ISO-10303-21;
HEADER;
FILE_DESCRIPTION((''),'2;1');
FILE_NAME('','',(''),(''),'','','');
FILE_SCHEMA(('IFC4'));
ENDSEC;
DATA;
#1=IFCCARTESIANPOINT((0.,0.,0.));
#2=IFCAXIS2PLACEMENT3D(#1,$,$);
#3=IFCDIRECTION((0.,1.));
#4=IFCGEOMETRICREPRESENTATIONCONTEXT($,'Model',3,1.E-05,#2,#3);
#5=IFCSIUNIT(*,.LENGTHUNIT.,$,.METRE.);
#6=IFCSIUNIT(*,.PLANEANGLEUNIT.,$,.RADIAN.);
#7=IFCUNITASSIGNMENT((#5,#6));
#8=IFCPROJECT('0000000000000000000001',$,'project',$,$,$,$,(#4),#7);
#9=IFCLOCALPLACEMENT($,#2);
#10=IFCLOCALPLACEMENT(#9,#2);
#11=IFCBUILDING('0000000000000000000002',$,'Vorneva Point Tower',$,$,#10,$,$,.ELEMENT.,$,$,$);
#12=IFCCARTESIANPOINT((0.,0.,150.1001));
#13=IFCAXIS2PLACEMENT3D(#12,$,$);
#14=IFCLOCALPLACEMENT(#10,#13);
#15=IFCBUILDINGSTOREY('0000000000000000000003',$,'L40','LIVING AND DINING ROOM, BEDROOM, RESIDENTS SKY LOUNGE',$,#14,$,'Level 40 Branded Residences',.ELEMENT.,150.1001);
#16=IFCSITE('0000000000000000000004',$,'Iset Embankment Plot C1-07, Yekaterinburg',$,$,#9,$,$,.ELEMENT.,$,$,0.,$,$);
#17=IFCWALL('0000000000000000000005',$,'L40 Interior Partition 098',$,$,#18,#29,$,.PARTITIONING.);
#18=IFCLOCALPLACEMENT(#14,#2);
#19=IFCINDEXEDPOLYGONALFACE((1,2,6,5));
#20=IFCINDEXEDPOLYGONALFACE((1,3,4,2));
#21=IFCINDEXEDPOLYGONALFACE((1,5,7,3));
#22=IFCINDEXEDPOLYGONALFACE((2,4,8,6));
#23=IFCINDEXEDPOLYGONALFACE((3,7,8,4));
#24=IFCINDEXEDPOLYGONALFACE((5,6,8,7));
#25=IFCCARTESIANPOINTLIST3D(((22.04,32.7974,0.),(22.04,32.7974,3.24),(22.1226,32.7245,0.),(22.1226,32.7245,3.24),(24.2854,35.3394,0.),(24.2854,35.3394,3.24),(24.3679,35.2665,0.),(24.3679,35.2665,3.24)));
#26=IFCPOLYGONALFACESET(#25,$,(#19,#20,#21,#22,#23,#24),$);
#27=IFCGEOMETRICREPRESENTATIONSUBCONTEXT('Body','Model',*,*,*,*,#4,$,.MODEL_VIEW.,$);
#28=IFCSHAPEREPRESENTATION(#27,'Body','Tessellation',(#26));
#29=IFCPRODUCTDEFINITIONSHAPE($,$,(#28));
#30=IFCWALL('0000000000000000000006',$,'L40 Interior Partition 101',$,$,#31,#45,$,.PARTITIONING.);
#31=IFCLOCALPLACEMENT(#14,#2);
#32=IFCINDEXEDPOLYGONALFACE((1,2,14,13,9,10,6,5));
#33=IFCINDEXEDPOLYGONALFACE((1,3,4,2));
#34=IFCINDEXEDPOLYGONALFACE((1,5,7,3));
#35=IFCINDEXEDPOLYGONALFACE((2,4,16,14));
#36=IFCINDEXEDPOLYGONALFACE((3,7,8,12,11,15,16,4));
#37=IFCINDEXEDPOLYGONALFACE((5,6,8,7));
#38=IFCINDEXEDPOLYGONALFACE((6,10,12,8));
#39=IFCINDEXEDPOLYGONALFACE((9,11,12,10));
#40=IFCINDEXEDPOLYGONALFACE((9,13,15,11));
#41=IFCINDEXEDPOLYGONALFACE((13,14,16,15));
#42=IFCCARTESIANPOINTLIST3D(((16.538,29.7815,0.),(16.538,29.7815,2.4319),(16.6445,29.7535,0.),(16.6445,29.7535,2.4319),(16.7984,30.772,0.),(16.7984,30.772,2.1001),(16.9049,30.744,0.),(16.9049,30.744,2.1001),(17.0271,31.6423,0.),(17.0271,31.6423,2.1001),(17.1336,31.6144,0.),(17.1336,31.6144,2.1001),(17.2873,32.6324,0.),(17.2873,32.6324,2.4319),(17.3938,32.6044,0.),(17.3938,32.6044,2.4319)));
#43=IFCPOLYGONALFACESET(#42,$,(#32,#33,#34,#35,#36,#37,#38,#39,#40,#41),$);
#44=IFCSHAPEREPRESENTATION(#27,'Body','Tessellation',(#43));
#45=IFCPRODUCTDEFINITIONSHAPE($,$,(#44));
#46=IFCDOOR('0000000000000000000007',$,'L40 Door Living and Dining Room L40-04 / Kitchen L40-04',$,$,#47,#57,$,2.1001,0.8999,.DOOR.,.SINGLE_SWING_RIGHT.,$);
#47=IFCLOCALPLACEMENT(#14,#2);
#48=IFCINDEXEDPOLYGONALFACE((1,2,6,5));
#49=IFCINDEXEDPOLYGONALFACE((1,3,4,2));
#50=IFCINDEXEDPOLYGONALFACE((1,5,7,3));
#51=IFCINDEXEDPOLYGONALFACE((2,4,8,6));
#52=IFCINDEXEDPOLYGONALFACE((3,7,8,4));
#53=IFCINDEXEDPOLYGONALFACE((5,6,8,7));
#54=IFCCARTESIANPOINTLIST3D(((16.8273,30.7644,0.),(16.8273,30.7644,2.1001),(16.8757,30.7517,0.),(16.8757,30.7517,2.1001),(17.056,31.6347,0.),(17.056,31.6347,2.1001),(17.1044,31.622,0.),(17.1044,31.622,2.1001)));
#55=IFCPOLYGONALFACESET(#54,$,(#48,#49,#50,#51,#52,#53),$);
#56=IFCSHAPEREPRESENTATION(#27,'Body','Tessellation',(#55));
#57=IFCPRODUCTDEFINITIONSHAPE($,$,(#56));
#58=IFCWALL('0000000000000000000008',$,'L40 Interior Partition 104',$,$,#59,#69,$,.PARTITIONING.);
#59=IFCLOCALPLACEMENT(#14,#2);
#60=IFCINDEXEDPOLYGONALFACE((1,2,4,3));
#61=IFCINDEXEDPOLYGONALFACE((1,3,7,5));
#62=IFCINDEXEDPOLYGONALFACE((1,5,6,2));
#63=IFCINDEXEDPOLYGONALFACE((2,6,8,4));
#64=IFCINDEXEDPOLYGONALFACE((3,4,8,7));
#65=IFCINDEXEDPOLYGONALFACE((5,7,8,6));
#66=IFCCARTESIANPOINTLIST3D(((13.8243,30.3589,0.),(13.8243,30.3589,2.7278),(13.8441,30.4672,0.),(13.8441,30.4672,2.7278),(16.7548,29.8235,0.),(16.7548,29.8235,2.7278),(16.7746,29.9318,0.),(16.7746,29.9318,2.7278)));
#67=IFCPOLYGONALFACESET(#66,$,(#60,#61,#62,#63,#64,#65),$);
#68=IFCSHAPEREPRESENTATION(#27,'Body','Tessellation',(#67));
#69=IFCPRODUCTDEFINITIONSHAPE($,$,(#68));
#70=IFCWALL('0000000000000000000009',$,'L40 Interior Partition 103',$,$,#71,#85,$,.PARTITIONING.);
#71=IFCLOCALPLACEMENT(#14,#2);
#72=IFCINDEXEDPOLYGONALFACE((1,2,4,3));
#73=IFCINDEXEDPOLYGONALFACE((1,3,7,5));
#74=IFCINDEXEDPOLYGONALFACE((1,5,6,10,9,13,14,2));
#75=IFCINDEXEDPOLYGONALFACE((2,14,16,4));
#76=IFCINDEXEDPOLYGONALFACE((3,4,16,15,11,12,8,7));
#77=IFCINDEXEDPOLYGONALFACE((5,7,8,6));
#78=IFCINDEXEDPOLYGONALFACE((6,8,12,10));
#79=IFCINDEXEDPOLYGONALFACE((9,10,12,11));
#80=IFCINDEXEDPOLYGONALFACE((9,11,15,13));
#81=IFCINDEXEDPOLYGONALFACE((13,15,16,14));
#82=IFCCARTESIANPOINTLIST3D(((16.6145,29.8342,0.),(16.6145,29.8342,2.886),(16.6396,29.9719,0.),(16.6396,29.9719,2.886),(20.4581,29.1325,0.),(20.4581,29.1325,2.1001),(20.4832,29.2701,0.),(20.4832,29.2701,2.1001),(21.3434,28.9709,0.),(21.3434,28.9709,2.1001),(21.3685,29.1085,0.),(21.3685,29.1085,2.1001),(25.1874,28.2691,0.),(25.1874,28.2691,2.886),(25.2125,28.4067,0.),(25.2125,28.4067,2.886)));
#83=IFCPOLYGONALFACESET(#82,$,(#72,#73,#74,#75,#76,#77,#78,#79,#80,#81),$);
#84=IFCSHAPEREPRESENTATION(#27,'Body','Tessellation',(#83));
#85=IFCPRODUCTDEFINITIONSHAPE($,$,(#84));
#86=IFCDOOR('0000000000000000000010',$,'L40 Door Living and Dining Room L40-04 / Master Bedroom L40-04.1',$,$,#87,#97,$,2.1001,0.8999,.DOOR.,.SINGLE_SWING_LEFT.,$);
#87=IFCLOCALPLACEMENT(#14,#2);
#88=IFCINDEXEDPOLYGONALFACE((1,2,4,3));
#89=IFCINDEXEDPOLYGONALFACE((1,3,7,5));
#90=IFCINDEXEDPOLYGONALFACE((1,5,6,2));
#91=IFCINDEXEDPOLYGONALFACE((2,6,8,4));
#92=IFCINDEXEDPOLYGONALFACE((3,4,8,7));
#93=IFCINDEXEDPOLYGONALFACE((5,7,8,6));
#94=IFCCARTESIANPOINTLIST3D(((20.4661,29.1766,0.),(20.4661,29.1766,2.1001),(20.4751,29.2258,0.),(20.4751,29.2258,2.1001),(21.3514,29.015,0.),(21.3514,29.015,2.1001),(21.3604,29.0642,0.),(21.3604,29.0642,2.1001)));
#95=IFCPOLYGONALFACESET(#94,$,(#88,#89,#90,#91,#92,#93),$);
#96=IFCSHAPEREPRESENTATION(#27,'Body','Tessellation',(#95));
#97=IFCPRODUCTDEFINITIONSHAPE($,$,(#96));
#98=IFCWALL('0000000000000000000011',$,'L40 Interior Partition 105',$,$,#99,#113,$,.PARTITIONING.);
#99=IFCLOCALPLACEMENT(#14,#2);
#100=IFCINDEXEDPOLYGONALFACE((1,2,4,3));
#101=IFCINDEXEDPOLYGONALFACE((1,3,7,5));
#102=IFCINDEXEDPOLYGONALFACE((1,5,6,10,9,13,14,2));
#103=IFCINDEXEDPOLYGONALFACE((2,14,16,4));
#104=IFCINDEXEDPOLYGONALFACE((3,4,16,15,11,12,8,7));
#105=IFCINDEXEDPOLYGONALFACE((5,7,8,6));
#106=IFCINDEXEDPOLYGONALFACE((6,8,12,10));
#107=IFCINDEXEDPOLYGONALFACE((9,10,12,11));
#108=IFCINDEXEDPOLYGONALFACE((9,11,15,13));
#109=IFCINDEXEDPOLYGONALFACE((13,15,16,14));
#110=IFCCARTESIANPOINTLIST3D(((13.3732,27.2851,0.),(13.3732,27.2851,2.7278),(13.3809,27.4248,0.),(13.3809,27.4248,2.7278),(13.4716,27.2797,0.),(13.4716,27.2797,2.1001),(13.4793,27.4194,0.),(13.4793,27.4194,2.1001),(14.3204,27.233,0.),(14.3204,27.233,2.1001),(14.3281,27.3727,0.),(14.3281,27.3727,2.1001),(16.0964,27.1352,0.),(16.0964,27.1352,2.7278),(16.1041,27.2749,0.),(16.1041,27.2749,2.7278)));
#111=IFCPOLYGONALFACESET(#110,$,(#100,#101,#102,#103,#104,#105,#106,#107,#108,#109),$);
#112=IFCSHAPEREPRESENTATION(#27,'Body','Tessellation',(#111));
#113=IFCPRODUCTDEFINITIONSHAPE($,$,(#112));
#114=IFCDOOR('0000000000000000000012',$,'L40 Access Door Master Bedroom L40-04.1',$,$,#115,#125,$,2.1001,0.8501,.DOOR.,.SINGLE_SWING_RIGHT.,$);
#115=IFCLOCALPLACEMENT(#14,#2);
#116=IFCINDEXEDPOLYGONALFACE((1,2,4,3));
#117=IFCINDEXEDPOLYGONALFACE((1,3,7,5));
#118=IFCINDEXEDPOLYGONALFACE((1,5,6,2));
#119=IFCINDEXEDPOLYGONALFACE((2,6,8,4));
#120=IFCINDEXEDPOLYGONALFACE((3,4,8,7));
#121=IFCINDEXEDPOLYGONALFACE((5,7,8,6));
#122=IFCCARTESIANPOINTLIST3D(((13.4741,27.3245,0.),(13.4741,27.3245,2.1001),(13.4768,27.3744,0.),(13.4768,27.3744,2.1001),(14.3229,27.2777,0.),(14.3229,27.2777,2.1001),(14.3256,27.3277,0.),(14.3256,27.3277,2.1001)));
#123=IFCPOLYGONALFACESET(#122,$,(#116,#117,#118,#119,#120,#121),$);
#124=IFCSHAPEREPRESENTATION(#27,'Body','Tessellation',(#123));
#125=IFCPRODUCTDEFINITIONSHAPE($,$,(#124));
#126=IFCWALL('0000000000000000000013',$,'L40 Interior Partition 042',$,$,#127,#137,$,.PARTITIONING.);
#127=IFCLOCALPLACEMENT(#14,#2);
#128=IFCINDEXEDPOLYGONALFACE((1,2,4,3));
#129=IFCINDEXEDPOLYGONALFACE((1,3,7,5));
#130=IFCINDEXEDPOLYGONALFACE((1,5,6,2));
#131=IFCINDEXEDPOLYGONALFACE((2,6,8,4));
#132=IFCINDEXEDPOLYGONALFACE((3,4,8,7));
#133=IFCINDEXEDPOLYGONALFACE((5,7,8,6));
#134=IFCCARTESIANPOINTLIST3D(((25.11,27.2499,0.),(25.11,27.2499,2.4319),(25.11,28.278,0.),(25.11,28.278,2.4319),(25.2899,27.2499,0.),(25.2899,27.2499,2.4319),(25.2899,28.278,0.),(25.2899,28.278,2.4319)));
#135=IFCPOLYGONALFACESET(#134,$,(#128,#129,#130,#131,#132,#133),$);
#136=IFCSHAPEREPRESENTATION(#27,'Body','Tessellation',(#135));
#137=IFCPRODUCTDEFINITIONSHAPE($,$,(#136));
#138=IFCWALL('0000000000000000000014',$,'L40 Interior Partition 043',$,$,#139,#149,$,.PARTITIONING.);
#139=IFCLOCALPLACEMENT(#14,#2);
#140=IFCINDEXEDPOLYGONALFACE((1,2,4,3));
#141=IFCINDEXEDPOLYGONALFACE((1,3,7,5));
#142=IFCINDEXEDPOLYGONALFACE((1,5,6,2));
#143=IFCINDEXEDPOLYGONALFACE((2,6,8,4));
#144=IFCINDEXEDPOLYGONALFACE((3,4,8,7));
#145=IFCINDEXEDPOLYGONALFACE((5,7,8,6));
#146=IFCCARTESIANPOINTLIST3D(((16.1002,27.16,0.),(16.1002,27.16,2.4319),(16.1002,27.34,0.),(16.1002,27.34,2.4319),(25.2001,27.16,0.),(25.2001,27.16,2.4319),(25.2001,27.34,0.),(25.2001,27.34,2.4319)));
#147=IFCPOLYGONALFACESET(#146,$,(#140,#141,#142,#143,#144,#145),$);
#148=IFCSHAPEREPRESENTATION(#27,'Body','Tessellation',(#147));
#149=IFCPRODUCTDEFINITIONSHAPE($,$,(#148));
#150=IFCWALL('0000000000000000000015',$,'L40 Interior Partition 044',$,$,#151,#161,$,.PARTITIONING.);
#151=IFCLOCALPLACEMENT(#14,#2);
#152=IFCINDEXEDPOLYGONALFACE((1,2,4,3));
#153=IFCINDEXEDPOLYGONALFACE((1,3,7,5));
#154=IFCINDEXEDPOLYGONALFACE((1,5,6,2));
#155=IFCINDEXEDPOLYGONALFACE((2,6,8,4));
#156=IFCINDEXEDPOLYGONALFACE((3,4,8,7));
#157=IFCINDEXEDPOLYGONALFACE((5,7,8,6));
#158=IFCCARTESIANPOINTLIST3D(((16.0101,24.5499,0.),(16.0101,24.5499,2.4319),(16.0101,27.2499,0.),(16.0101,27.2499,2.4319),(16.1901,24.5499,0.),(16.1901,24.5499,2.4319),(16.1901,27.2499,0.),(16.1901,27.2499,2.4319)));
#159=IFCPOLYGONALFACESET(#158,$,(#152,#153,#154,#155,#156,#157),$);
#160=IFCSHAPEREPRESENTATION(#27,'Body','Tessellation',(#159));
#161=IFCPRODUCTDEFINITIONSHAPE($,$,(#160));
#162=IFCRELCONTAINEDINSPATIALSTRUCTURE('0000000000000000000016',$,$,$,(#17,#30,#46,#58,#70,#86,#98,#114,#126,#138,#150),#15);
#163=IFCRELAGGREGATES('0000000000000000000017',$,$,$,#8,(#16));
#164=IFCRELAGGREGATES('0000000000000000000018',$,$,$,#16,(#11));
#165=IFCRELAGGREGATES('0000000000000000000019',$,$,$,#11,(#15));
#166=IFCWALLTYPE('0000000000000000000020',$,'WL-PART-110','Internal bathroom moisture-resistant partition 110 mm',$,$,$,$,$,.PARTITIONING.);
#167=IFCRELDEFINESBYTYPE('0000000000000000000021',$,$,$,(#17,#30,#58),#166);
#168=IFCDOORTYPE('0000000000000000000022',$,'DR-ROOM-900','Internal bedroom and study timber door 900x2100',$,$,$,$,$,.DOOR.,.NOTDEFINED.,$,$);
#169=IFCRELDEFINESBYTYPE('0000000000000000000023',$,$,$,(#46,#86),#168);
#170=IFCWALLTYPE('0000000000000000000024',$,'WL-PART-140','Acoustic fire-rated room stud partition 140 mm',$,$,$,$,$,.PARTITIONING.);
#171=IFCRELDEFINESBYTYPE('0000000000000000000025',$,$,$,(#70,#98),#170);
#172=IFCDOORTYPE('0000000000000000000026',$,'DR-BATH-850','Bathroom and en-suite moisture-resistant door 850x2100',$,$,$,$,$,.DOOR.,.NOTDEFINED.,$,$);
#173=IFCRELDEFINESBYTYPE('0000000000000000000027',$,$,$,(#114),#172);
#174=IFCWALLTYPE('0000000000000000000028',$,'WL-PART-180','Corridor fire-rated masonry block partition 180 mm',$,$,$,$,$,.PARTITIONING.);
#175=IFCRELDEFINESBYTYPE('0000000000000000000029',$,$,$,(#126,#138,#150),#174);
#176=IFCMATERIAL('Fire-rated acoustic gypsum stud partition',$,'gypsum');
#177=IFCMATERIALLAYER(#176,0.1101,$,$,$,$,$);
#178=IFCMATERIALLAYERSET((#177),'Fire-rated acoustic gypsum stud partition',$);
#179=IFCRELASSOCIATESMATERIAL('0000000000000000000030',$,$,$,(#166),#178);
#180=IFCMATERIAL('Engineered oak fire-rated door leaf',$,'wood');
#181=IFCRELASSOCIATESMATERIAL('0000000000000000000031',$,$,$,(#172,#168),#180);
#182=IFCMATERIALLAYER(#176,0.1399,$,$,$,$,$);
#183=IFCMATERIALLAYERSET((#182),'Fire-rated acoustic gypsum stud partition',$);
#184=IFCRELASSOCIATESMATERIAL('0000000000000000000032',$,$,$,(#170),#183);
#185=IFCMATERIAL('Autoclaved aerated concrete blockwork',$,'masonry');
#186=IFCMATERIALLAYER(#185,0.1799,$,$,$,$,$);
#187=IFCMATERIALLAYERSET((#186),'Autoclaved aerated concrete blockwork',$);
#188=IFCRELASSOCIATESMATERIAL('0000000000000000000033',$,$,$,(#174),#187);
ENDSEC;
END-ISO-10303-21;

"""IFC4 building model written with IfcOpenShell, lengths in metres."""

from ifc_helpers import new_model, si_unit, direction, frame, frame_2d, origin, place, context, subcontext, project, spatial, rectangle, extrude, material, layer, layer_set, type_object, element, fill, save


model = new_model("IFC4")

# Units and contexts
model_context = context("Model", 3, precision=1e-05, world=origin(), true_north=direction((0.0, 1.0)))
body_context = subcontext(model_context, "Body", "Model", "MODEL_VIEW")
ifc_project = project(units=[si_unit("LENGTHUNIT", "METRE"), si_unit("PLANEANGLEUNIT", "RADIAN")], contexts=[model_context])

# Site, building, storey
site_placement = place(None, origin())
site = spatial("IfcSite", under=ifc_project, at=site_placement, Name="Iset Embankment Plot C1-07, Yekaterinburg", CompositionType="ELEMENT", RefElevation=0.0)
building_placement = place(site_placement, origin())
building = spatial("IfcBuilding", under=site, at=building_placement, Name="Vorneva Point Tower", CompositionType="ELEMENT")
storey_placement = place(building_placement, frame((0.0, 0.0, 150.1001)))
storey = spatial("IfcBuildingStorey", under=building, at=storey_placement, Name="L40", Description="LIVING AND DINING ROOM, BEDROOM, RESIDENTS SKY LOUNGE", LongName="Level 40 Branded Residences", CompositionType="ELEMENT", Elevation=150.1001)

# Shared definitions
ifc_material_1 = material(Name="Fire-rated acoustic gypsum stud partition", Category="gypsum")
ifc_layer_1 = layer(ifc_material_1, 0.1101)
ifc_layer_set_1 = layer_set([ifc_layer_1], Name="Fire-rated acoustic gypsum stud partition")
wall_type_1 = type_object("IfcWallType", Name="WL-PART-110", Description="Internal bathroom moisture-resistant partition 110 mm", PredefinedType="PARTITIONING", material=ifc_layer_set_1)
ifc_material_2 = material(Name="Engineered oak fire-rated door leaf", Category="wood")
door_type_1 = type_object("IfcDoorType", Name="DR-BATH-850", Description="Bathroom and en-suite moisture-resistant door 850x2100", OperationType="NOTDEFINED", PredefinedType="DOOR", material=ifc_material_2)

# Wall
wall_1_placement = place(storey_placement, frame((22.0813, 32.761, 0.0), z_axis=(0.0, 0.0, 1.0), x_axis=(0.662024, 0.749483, 0.0)))
element("IfcWall", 1, at=wall_1_placement, inside=storey, type_object=wall_type_1, Name="L40 Interior Partition 098", PredefinedType="PARTITIONING", context=body_context, shape_type="SweptSolid", body=[
    extrude(rectangle(XDim=3.3916, YDim=0.1101, at=frame_2d((1.6958, 0.0))), origin(), (0.0, 0.0, 1.0), 3.24),
])

# Wall, opening, door
wall_2_placement = place(storey_placement, frame((17.3406, 32.6184, 0.0), z_axis=(0.0, 0.0, 1.0), x_axis=(-0.254192, -0.967154, 0.0)))
wall_2 = element("IfcWall", 2, at=wall_2_placement, inside=storey, type_object=wall_type_1, Name="L40 Interior Partition 101", PredefinedType="PARTITIONING", context=body_context, shape_type="SweptSolid", body=[
    extrude(rectangle(XDim=2.9478, YDim=0.1101, at=frame_2d((1.4739, 0.0))), origin(), (0.0, 0.0, 1.0), 2.4319),
])
opening_1_placement = place(wall_2_placement, frame((1.0237, 0.0, 0.0)))
opening_1 = element("IfcOpeningElement", 3, at=opening_1_placement, cuts=wall_2, PredefinedType="OPENING", context=body_context, shape_type="SweptSolid", body=[
    extrude(rectangle(XDim=0.8999, YDim=2.1001, at=frame_2d((0.45, 1.05))), frame((0.0, 0.0698, 0.0), z_axis=(0.0, -1.0, 0.0), x_axis=(1.0, 0.0, 0.0)), (0.0, 0.0, 1.0), 0.1399),
])
door_type_2 = type_object("IfcDoorType", Name="DR-ROOM-900", Description="Internal bedroom and study timber door 900x2100", OperationType="NOTDEFINED", PredefinedType="DOOR", material=ifc_material_2)
door_1_placement = place(opening_1_placement, origin())
door_1 = element("IfcDoor", 4, at=door_1_placement, inside=storey, type_object=door_type_2, Name="L40 Door Living and Dining Room L40-04 / Kitchen L40-04", OperationType="SINGLE_SWING_RIGHT", OverallHeight=2.1001, OverallWidth=0.8999, PredefinedType="DOOR", context=body_context, shape_type="SweptSolid", body=[
    extrude(rectangle(XDim=0.8999, YDim=2.1001, at=frame_2d((0.45, 1.05))), frame((0.0, 0.0249, 0.0), z_axis=(0.0, -1.0, 0.0), x_axis=(1.0, 0.0, 0.0)), (0.0, 0.0, 1.0), 0.05),
])
fill(opening_1, door_1)

# Wall
wall_3_placement = place(storey_placement, frame((13.8342, 30.4131, 0.0), z_axis=(0.0, 0.0, 1.0), x_axis=(0.983716, -0.179729, 0.0)))
element("IfcWall", 5, at=wall_3_placement, inside=storey, type_object=wall_type_1, Name="L40 Interior Partition 104", PredefinedType="PARTITIONING", context=body_context, shape_type="SweptSolid", body=[
    extrude(rectangle(XDim=2.979, YDim=0.1101, at=frame_2d((1.4895, 0.0))), origin(), (0.0, 0.0, 1.0), 2.7278),
])

# Walls, openings, doors
ifc_layer_2 = layer(ifc_material_1, 0.1399)
ifc_layer_set_2 = layer_set([ifc_layer_2], Name="Fire-rated acoustic gypsum stud partition")
wall_type_2 = type_object("IfcWallType", Name="WL-PART-140", Description="Acoustic fire-rated room stud partition 140 mm", PredefinedType="PARTITIONING", material=ifc_layer_set_2)
wall_4_placement = place(storey_placement, frame((16.627, 29.9031, 0.0), z_axis=(0.0, 0.0, 1.0), x_axis=(0.983739, -0.179603, 0.0)))
wall_4 = element("IfcWall", 6, at=wall_4_placement, inside=storey, type_object=wall_type_2, Name="L40 Interior Partition 103", PredefinedType="PARTITIONING", context=body_context, shape_type="SweptSolid", body=[
    extrude(rectangle(XDim=8.7146, YDim=0.1399, at=frame_2d((4.3574, 0.0))), origin(), (0.0, 0.0, 1.0), 2.886),
])
opening_2_placement = place(wall_4_placement, frame((3.9072, 0.0, 0.0)))
opening_2 = element("IfcOpeningElement", 7, at=opening_2_placement, cuts=wall_4, PredefinedType="OPENING", context=body_context, shape_type="SweptSolid", body=[
    extrude(rectangle(XDim=0.8999, YDim=2.1001, at=frame_2d((0.45, 1.05))), frame((0.0, 0.085, 0.0), z_axis=(0.0, -1.0, 0.0), x_axis=(1.0, 0.0, 0.0)), (0.0, 0.0, 1.0), 0.1697),
])
door_2_placement = place(opening_2_placement, origin())
door_2 = element("IfcDoor", 8, at=door_2_placement, inside=storey, type_object=door_type_2, Name="L40 Door Living and Dining Room L40-04 / Master Bedroom L40-04.1", OperationType="SINGLE_SWING_LEFT", OverallHeight=2.1001, OverallWidth=0.8999, PredefinedType="DOOR", context=body_context, shape_type="SweptSolid", body=[
    extrude(rectangle(XDim=0.8999, YDim=2.1001, at=frame_2d((0.45, 1.05))), frame((0.0, 0.0249, 0.0), z_axis=(0.0, -1.0, 0.0), x_axis=(1.0, 0.0, 0.0)), (0.0, 0.0, 1.0), 0.05),
])
fill(opening_2, door_2)
wall_5_placement = place(storey_placement, frame((13.377, 27.355, 0.0), z_axis=(0.0, 0.0, 1.0), x_axis=(0.998488, -0.054964, 0.0)))
wall_5 = element("IfcWall", 9, at=wall_5_placement, inside=storey, type_object=wall_type_2, Name="L40 Interior Partition 105", PredefinedType="PARTITIONING", context=body_context, shape_type="SweptSolid", body=[
    extrude(rectangle(XDim=2.7273, YDim=0.1399, at=frame_2d((1.3638, 0.0))), origin(), (0.0, 0.0, 1.0), 2.7278),
])
opening_3_placement = place(wall_5_placement, frame((0.0986, 0.0, 0.0)))
opening_3 = element("IfcOpeningElement", 10, at=opening_3_placement, cuts=wall_5, PredefinedType="OPENING", context=body_context, shape_type="SweptSolid", body=[
    extrude(rectangle(XDim=0.8501, YDim=2.1001, at=frame_2d((0.425, 1.05))), frame((0.0, 0.085, 0.0), z_axis=(0.0, -1.0, 0.0), x_axis=(1.0, 0.0, 0.0)), (0.0, 0.0, 1.0), 0.1697),
])
door_3_placement = place(opening_3_placement, origin())
door_3 = element("IfcDoor", 11, at=door_3_placement, inside=storey, type_object=door_type_1, Name="L40 Access Door Master Bedroom L40-04.1", OperationType="SINGLE_SWING_RIGHT", OverallHeight=2.1001, OverallWidth=0.8501, PredefinedType="DOOR", context=body_context, shape_type="SweptSolid", body=[
    extrude(rectangle(XDim=0.8501, YDim=2.1001, at=frame_2d((0.425, 1.05))), frame((0.0, 0.0249, 0.0), z_axis=(0.0, -1.0, 0.0), x_axis=(1.0, 0.0, 0.0)), (0.0, 0.0, 1.0), 0.05),
])
fill(opening_3, door_3)
ifc_material_3 = material(Name="Autoclaved aerated concrete blockwork", Category="masonry")
ifc_layer_3 = layer(ifc_material_3, 0.1799)
ifc_layer_set_3 = layer_set([ifc_layer_3], Name="Autoclaved aerated concrete blockwork")
wall_type_3 = type_object("IfcWallType", Name="WL-PART-180", Description="Corridor fire-rated masonry block partition 180 mm", PredefinedType="PARTITIONING", material=ifc_layer_set_3)

# Walls
wall_6_placement = place(storey_placement, frame((25.2, 28.2781, 0.0), z_axis=(0.0, 0.0, 1.0), x_axis=(0.0, -1.0, 0.0)))
element("IfcWall", 12, at=wall_6_placement, inside=storey, type_object=wall_type_3, Name="L40 Interior Partition 042", PredefinedType="PARTITIONING", context=body_context, shape_type="SweptSolid", body=[
    extrude(rectangle(XDim=1.0281, YDim=0.1799, at=frame_2d((0.5142, 0.0))), origin(), (0.0, 0.0, 1.0), 2.4319),
])
wall_7_placement = place(storey_placement, frame((25.2, 27.25, 0.0), z_axis=(0.0, 0.0, 1.0), x_axis=(-1.0, 0.0, 0.0)))
element("IfcWall", 13, at=wall_7_placement, inside=storey, type_object=wall_type_3, Name="L40 Interior Partition 043", PredefinedType="PARTITIONING", context=body_context, shape_type="SweptSolid", body=[
    extrude(rectangle(XDim=9.0999, YDim=0.1799, at=frame_2d((4.5498, 0.0))), origin(), (0.0, 0.0, 1.0), 2.4319),
])
wall_8_placement = place(storey_placement, frame((16.1001, 27.25, 0.0), z_axis=(0.0, 0.0, 1.0), x_axis=(0.0, -1.0, 0.0)))
element("IfcWall", 14, at=wall_8_placement, inside=storey, type_object=wall_type_3, Name="L40 Interior Partition 044", PredefinedType="PARTITIONING", context=body_context, shape_type="SweptSolid", body=[
    extrude(rectangle(XDim=2.7, YDim=0.1799, at=frame_2d((1.3501, 0.0))), origin(), (0.0, 0.0, 1.0), 2.4319),
])

save(model, "model.ifc")
